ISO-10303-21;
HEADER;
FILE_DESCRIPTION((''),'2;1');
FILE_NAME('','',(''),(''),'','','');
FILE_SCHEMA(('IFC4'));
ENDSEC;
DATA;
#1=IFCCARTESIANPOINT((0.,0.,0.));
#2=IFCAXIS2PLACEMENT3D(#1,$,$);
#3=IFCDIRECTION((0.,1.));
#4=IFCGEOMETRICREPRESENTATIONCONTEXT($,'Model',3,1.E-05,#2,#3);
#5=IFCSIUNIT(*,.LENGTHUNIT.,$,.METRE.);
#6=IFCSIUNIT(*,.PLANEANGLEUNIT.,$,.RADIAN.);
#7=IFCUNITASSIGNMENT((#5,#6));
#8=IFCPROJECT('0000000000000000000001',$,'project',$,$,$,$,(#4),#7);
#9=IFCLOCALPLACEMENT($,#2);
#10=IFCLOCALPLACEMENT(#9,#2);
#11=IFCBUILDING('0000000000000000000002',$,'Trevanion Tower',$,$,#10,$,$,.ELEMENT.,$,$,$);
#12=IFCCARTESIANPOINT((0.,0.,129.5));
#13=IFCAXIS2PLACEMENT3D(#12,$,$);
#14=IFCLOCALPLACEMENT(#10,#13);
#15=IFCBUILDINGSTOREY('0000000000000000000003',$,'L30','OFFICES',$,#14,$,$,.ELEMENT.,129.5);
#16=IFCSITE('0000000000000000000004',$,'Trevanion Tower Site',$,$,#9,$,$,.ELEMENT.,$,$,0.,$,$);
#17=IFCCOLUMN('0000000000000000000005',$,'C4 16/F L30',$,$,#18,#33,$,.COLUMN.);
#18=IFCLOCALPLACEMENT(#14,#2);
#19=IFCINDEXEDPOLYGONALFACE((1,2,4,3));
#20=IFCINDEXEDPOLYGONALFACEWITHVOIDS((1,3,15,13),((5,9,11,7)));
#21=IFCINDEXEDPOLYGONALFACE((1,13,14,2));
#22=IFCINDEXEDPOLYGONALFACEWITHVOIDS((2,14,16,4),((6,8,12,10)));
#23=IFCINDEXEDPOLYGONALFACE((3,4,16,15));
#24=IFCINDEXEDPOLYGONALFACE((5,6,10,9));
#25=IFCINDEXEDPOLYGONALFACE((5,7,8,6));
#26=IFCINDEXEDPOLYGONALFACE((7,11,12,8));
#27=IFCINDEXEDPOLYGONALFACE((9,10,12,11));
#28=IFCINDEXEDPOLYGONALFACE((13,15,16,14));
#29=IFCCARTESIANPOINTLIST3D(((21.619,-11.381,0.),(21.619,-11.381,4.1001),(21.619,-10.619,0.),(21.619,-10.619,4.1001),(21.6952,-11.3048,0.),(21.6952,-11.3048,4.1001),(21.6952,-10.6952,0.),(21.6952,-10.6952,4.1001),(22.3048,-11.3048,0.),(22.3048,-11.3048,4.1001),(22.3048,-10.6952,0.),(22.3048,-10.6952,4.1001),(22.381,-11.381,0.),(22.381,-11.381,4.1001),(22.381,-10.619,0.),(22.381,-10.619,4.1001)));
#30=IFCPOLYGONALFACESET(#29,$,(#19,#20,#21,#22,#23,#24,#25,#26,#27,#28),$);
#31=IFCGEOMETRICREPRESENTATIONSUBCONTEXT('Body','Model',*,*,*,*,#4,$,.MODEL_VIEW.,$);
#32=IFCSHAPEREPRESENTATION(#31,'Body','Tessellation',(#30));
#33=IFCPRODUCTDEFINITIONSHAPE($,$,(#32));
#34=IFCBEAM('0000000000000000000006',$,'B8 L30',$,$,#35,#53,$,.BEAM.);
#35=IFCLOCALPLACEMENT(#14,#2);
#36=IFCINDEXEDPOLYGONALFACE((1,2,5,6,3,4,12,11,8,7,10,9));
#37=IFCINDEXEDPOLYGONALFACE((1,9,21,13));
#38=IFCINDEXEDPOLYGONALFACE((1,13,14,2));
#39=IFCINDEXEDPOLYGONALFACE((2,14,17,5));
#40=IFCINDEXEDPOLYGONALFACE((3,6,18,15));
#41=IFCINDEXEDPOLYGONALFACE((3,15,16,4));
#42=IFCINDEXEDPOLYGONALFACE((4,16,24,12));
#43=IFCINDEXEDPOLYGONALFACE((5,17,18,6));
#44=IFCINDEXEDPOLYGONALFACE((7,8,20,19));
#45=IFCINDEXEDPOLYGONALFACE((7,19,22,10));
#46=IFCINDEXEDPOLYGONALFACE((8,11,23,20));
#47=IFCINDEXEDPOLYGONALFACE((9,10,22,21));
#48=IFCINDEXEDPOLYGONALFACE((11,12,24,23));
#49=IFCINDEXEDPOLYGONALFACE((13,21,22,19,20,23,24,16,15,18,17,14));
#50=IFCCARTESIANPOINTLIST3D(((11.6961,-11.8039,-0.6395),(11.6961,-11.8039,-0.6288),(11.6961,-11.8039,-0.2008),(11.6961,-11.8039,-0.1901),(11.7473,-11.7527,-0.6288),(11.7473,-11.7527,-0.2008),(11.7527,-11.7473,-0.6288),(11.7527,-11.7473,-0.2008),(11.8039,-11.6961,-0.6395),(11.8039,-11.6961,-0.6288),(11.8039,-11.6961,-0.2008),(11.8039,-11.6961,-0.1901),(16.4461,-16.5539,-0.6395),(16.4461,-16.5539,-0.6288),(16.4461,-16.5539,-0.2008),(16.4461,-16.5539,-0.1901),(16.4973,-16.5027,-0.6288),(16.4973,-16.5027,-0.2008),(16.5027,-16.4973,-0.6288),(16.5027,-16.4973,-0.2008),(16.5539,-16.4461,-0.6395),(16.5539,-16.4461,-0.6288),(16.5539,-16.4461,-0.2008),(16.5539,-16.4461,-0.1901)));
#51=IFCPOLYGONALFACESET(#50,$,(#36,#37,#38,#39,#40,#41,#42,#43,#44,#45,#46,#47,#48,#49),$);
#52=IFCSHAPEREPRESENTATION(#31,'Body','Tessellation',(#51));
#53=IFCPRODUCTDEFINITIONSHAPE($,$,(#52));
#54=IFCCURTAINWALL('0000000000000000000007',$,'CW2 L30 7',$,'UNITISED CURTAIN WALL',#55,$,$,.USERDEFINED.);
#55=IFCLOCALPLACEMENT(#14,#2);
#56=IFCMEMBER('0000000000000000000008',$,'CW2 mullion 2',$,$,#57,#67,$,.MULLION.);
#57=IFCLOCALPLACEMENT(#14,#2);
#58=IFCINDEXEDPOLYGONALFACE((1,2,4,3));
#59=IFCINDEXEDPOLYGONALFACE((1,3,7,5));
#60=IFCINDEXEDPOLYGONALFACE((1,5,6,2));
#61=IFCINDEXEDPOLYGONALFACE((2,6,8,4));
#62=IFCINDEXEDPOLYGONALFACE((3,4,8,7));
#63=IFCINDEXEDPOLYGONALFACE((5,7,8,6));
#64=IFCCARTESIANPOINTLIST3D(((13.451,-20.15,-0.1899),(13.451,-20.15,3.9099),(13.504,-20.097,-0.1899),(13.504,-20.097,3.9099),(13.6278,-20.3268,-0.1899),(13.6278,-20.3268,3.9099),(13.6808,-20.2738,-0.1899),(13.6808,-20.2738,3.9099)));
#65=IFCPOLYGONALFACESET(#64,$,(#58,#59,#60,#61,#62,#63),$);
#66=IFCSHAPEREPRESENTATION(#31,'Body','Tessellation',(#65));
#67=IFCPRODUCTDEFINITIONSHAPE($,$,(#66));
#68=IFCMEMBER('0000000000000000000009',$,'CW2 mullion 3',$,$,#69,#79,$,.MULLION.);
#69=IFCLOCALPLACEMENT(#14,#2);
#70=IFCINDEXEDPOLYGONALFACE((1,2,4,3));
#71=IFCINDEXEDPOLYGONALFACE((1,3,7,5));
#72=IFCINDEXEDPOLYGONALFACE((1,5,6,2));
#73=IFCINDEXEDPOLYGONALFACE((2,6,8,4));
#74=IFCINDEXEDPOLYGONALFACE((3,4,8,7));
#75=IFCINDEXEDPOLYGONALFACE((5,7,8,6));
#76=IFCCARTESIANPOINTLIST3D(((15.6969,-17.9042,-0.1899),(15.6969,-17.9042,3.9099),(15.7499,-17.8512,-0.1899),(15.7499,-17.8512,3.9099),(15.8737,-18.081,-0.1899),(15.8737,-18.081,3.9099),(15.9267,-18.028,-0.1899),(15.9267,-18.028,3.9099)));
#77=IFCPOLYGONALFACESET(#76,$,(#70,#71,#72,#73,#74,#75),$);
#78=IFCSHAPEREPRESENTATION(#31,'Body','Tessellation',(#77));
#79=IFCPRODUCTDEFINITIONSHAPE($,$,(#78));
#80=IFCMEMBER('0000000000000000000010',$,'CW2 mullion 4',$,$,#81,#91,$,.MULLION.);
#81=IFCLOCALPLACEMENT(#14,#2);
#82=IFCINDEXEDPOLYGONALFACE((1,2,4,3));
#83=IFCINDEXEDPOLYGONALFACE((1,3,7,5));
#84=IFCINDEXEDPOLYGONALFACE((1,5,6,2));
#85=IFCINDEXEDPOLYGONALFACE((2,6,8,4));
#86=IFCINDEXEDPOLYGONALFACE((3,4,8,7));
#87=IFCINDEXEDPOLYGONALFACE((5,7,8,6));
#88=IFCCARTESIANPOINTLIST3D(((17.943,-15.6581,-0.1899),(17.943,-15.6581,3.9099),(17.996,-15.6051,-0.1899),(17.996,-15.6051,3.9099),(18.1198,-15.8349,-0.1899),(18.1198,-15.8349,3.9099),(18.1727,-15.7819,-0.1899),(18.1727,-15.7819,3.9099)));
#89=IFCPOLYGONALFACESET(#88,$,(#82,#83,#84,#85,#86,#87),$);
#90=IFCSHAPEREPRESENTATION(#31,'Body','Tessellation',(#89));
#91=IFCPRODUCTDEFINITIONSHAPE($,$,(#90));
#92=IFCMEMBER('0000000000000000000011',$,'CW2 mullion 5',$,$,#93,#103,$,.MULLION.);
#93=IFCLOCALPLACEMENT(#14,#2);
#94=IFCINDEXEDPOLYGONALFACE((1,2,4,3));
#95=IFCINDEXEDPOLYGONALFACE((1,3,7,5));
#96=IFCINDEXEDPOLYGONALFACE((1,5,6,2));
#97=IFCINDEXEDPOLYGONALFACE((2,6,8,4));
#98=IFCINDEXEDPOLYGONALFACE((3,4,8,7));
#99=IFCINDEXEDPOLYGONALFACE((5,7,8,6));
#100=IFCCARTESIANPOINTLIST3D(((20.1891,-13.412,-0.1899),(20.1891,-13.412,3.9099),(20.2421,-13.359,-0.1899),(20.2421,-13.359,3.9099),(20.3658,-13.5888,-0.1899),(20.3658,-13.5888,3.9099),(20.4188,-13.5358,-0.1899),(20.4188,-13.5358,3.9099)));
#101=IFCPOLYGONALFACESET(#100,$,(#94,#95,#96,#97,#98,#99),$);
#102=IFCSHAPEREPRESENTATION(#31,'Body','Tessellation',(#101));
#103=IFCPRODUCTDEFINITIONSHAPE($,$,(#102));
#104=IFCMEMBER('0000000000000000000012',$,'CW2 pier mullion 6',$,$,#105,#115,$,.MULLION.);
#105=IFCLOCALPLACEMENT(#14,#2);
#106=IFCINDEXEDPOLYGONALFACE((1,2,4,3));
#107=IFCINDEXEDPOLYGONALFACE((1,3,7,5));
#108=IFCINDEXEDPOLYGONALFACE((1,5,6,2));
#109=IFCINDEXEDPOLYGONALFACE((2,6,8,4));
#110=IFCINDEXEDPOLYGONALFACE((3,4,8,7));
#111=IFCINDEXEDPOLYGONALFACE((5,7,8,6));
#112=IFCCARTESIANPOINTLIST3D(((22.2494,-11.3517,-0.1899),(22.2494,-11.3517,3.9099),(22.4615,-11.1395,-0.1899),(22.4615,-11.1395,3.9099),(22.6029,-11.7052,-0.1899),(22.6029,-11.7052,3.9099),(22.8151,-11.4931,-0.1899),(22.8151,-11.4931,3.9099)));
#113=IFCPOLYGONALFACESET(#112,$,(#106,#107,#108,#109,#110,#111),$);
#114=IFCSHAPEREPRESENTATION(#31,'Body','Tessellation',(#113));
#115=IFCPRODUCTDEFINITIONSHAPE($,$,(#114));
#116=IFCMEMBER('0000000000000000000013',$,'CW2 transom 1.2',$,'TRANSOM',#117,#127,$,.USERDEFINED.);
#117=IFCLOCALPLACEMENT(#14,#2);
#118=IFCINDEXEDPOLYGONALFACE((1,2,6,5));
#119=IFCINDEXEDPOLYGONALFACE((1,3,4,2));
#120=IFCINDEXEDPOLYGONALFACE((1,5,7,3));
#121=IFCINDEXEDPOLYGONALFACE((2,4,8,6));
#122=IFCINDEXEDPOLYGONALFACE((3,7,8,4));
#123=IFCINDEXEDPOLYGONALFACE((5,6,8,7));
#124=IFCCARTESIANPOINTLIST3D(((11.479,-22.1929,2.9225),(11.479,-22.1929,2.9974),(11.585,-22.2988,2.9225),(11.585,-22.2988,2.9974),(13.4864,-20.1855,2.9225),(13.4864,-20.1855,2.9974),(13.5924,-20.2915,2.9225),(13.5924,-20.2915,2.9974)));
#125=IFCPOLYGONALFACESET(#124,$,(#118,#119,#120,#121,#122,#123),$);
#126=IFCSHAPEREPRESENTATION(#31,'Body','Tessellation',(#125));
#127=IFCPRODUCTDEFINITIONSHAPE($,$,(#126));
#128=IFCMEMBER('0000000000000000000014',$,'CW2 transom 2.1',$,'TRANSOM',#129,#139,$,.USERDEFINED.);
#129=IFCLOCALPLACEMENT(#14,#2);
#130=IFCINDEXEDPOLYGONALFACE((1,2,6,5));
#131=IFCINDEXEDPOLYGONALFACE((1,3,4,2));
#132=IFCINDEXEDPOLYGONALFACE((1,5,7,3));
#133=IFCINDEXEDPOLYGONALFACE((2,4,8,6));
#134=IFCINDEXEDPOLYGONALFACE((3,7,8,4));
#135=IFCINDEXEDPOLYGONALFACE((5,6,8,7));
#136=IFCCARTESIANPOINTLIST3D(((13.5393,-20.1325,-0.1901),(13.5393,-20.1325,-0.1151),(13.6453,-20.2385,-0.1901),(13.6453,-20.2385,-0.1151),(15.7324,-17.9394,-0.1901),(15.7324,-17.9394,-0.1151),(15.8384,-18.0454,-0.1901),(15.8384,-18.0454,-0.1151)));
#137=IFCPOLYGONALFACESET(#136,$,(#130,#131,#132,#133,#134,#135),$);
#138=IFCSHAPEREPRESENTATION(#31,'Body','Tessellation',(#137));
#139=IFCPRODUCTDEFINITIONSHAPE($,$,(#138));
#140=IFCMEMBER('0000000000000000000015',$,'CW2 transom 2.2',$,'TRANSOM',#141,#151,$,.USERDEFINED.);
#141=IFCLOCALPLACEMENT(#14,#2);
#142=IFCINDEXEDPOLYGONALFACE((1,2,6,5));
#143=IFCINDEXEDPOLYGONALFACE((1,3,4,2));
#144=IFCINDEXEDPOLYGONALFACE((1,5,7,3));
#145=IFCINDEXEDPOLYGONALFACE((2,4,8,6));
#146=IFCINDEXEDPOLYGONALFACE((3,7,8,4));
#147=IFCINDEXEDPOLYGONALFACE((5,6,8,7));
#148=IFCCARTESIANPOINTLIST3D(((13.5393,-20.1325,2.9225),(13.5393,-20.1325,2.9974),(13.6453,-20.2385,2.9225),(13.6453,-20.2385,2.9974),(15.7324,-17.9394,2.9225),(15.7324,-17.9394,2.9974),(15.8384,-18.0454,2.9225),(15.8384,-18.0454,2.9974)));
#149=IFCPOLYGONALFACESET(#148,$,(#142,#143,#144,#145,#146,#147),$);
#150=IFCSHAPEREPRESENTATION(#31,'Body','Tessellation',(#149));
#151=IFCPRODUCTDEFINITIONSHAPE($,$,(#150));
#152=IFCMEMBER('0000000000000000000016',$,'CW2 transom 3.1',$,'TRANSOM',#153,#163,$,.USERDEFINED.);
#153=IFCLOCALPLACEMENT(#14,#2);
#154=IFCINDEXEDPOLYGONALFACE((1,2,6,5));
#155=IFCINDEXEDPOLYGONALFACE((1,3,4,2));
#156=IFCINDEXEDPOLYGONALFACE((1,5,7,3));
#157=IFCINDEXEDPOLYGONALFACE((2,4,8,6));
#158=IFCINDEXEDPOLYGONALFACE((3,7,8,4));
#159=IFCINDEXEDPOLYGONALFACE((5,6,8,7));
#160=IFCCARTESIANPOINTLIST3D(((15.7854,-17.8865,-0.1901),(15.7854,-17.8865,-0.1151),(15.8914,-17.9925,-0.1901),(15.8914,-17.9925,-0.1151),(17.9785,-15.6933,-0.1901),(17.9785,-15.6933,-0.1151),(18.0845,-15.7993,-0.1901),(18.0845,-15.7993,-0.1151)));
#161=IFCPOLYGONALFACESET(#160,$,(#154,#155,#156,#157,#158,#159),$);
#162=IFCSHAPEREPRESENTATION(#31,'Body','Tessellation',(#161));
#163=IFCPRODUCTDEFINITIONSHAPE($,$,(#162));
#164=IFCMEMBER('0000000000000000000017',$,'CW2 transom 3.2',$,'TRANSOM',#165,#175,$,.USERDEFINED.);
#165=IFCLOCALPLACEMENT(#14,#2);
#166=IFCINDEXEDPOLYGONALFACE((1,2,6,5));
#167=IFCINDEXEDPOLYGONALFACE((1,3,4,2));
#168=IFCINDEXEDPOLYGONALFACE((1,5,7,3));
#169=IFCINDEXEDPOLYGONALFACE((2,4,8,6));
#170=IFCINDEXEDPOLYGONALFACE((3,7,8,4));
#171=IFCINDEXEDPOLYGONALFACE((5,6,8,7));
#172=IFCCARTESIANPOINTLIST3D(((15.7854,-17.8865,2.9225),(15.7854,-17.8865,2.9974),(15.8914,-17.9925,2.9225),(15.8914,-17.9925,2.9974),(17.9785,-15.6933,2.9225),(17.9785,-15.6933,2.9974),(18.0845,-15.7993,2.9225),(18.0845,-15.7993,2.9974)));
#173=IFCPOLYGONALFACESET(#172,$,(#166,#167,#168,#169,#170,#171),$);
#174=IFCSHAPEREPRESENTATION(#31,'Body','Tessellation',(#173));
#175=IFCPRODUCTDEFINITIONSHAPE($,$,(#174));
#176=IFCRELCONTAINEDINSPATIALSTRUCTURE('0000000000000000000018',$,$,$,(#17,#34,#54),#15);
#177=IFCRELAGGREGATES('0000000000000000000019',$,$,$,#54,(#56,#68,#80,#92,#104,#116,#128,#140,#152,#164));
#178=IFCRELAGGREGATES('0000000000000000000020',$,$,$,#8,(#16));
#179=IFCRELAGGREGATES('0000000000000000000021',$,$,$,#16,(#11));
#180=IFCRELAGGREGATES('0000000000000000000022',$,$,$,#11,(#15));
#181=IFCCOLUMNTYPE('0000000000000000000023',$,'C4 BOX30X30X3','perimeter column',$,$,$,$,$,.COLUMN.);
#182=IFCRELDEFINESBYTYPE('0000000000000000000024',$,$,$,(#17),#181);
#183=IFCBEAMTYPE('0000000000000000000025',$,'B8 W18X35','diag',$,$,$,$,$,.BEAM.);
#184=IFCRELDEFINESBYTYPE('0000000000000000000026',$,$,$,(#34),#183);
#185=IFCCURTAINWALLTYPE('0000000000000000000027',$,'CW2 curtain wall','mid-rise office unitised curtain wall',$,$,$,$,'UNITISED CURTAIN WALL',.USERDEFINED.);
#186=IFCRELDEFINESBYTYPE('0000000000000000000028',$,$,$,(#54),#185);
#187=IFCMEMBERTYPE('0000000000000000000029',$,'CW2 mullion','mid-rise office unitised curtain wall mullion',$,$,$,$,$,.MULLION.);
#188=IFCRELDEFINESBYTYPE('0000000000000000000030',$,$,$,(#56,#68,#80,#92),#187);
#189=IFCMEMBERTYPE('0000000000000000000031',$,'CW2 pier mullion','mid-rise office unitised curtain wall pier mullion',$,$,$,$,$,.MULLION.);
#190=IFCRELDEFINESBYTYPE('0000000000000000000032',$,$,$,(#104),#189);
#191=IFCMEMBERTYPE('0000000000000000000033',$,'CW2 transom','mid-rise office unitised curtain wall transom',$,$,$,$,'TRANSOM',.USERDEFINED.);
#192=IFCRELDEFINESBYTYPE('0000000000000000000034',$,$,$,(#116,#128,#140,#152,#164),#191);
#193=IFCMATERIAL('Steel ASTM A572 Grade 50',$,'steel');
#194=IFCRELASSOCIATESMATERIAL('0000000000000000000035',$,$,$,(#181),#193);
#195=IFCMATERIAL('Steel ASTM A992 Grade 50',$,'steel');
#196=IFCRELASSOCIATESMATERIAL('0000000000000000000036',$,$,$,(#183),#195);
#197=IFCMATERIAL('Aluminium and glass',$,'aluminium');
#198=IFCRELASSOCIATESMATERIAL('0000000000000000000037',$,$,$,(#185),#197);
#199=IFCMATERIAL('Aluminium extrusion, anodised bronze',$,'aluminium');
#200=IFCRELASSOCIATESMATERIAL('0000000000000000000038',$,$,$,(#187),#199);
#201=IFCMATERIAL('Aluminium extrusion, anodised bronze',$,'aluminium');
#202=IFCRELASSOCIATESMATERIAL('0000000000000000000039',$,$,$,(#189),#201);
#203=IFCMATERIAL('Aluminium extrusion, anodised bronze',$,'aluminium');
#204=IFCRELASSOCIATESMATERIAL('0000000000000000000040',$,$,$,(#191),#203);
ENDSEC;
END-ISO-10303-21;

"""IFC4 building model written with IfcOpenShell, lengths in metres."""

from ifc_helpers import new_model, si_unit, direction, frame, origin, origin_2d, place, context, subcontext, project, spatial, rectangle, hollow_rectangle, i_section, extrude, material, material_profile, profile_set, type_object, element, aggregate, save


model = new_model("IFC4")

# Units and contexts
model_context = context("Model", 3, precision=1e-05, world=origin(), true_north=direction((0.0, 1.0)))
body_context = subcontext(model_context, "Body", "Model", "MODEL_VIEW")
ifc_project = project(units=[si_unit("LENGTHUNIT", "METRE"), si_unit("PLANEANGLEUNIT", "RADIAN")], contexts=[model_context])

# Site, building, storey
site_placement = place(None, origin())
site = spatial("IfcSite", under=ifc_project, at=site_placement, Name="Trevanion Tower Site", CompositionType="ELEMENT", RefElevation=0.0)
building_placement = place(site_placement, origin())
building = spatial("IfcBuilding", under=site, at=building_placement, Name="Trevanion Tower", CompositionType="ELEMENT")
storey_placement = place(building_placement, frame((0.0, 0.0, 129.5)))
storey = spatial("IfcBuildingStorey", under=building, at=storey_placement, Name="L30", Description="OFFICES", CompositionType="ELEMENT", Elevation=129.5)

# Column
ifc_material_1 = material(Name="Steel ASTM A572 Grade 50", Category="steel")
ifc_material_profile_1 = material_profile(ifc_material_1, hollow_rectangle(XDim=0.762, YDim=0.762, WallThickness=0.0762, at=origin_2d()), Name="BOX30X30X3")
ifc_profile_set_1 = profile_set([ifc_material_profile_1], Name="Steel ASTM A572 Grade 50")
column_type = type_object("IfcColumnType", Name="C4 BOX30X30X3", Description="perimeter column", PredefinedType="COLUMN", material=ifc_profile_set_1)
column_placement = place(storey_placement, frame((22.0, -11.0, 0.0), z_axis=(0.0, 0.0, 1.0), x_axis=(0.0, 1.0, 0.0)))
element("IfcColumn", 1, at=column_placement, inside=storey, type_object=column_type, Name="C4 16/F L30", PredefinedType="COLUMN", context=body_context, shape_type="SweptSolid", body=[
    extrude(hollow_rectangle(XDim=0.762, YDim=0.762, WallThickness=0.0762, at=origin_2d()), origin(), (0.0, 0.0, 1.0), 4.1001),
])

# Beam
ifc_material_2 = material(Name="Steel ASTM A992 Grade 50", Category="steel")
ifc_material_profile_2 = material_profile(ifc_material_2, i_section(OverallWidth=0.1523, OverallDepth=0.4495, WebThickness=0.0076, FlangeThickness=0.0107, at=origin_2d()), Name="W18X35")
ifc_profile_set_2 = profile_set([ifc_material_profile_2], Name="Steel ASTM A992 Grade 50")
beam_type_1 = type_object("IfcBeamType", Name="B8 W18X35", Description="diag", PredefinedType="BEAM", material=ifc_profile_set_2)
beam_1_placement = place(storey_placement, frame((11.75, -11.75, -0.4148), z_axis=(0.707107, -0.707107, 0.0), x_axis=(0.707107, 0.707107, 0.0)))
element("IfcBeam", 2, at=beam_1_placement, inside=storey, type_object=beam_type_1, Name="B8 L30", PredefinedType="BEAM", context=body_context, shape_type="SweptSolid", body=[
    extrude(i_section(OverallWidth=0.1523, OverallDepth=0.4495, WebThickness=0.0076, FlangeThickness=0.0107, at=origin_2d()), origin(), (0.0, 0.0, 1.0), 6.7175),
])

# Curtain wall, members
ifc_material_3 = material(Name="Aluminium and glass", Category="aluminium")
curtain_wall_type = type_object("IfcCurtainWallType", Name="CW2 curtain wall", Description="mid-rise office unitised curtain wall", ElementType="UNITISED CURTAIN WALL", PredefinedType="USERDEFINED", material=ifc_material_3)
curtain_wall_placement = place(storey_placement, origin())
curtain_wall = element("IfcCurtainWall", 3, at=curtain_wall_placement, inside=storey, type_object=curtain_wall_type, Name="CW2 L30 7", ObjectType="UNITISED CURTAIN WALL", PredefinedType="USERDEFINED")
ifc_material_4 = material(Name="Aluminium extrusion, anodised bronze", Category="aluminium")
ifc_material_profile_3 = material_profile(ifc_material_4, rectangle(XDim=0.075, YDim=0.25, at=origin_2d()), Name="CW2 mullion")
ifc_profile_set_3 = profile_set([ifc_material_profile_3], Name="Aluminium extrusion, anodised bronze")
member_type_1 = type_object("IfcMemberType", Name="CW2 mullion", Description="mid-rise office unitised curtain wall mullion", PredefinedType="MULLION", material=ifc_profile_set_3)
member_1_placement = place(storey_placement, frame((13.5659, -20.2119, -0.1899), z_axis=(0.0, 0.0, 1.0), x_axis=(0.707107, 0.707107, 0.0)))
member_1 = element("IfcMember", 4, at=member_1_placement, type_object=member_type_1, Name="CW2 mullion 2", PredefinedType="MULLION", context=body_context, shape_type="SweptSolid", body=[
    extrude(rectangle(XDim=0.075, YDim=0.25, at=origin_2d()), origin(), (0.0, 0.0, 1.0), 4.0999),
])
member_2_placement = place(storey_placement, frame((15.8118, -17.9661, -0.1899), z_axis=(0.0, 0.0, 1.0), x_axis=(0.707107, 0.707107, 0.0)))
member_2 = element("IfcMember", 5, at=member_2_placement, type_object=member_type_1, Name="CW2 mullion 3", PredefinedType="MULLION", context=body_context, shape_type="SweptSolid", body=[
    extrude(rectangle(XDim=0.075, YDim=0.25, at=origin_2d()), origin(), (0.0, 0.0, 1.0), 4.0999),
])
member_3_placement = place(storey_placement, frame((18.0579, -15.72, -0.1899), z_axis=(0.0, 0.0, 1.0), x_axis=(0.707107, 0.707107, 0.0)))
member_3 = element("IfcMember", 6, at=member_3_placement, type_object=member_type_1, Name="CW2 mullion 4", PredefinedType="MULLION", context=body_context, shape_type="SweptSolid", body=[
    extrude(rectangle(XDim=0.075, YDim=0.25, at=origin_2d()), origin(), (0.0, 0.0, 1.0), 4.0999),
])
member_4_placement = place(storey_placement, frame((20.304, -13.4739, -0.1899), z_axis=(0.0, 0.0, 1.0), x_axis=(0.707107, 0.707107, 0.0)))
member_4 = element("IfcMember", 7, at=member_4_placement, type_object=member_type_1, Name="CW2 mullion 5", PredefinedType="MULLION", context=body_context, shape_type="SweptSolid", body=[
    extrude(rectangle(XDim=0.075, YDim=0.25, at=origin_2d()), origin(), (0.0, 0.0, 1.0), 4.0999),
])
ifc_material_5 = material(Name="Aluminium extrusion, anodised bronze", Category="aluminium")
ifc_material_profile_4 = material_profile(ifc_material_5, rectangle(XDim=0.3, YDim=0.5, at=origin_2d()), Name="CW2 pier mullion")
ifc_profile_set_4 = profile_set([ifc_material_profile_4], Name="Aluminium extrusion, anodised bronze")
member_type_2 = type_object("IfcMemberType", Name="CW2 pier mullion", Description="mid-rise office unitised curtain wall pier mullion", PredefinedType="MULLION", material=ifc_profile_set_4)
member_5_placement = place(storey_placement, frame((22.5322, -11.4224, -0.1899), z_axis=(0.0, 0.0, 1.0), x_axis=(0.707107, 0.707107, 0.0)))
member_5 = element("IfcMember", 8, at=member_5_placement, type_object=member_type_2, Name="CW2 pier mullion 6", PredefinedType="MULLION", context=body_context, shape_type="SweptSolid", body=[
    extrude(rectangle(XDim=0.3, YDim=0.5, at=origin_2d()), origin(), (0.0, 0.0, 1.0), 4.0999),
])
ifc_material_6 = material(Name="Aluminium extrusion, anodised bronze", Category="aluminium")
ifc_material_profile_5 = material_profile(ifc_material_6, rectangle(XDim=0.1499, YDim=0.075, at=origin_2d()), Name="CW2 transom")
ifc_profile_set_5 = profile_set([ifc_material_profile_5], Name="Aluminium extrusion, anodised bronze")
member_type_3 = type_object("IfcMemberType", Name="CW2 transom", Description="mid-rise office unitised curtain wall transom", ElementType="TRANSOM", PredefinedType="USERDEFINED", material=ifc_profile_set_5)
member_6_placement = place(storey_placement, frame((11.532, -22.2458, 2.96), z_axis=(0.707107, 0.707107, 0.0), x_axis=(-0.707107, 0.707107, 0.0)))
member_6 = element("IfcMember", 9, at=member_6_placement, type_object=member_type_3, Name="CW2 transom 1.2", ObjectType="TRANSOM", PredefinedType="USERDEFINED", context=body_context, shape_type="SweptSolid", body=[
    extrude(rectangle(XDim=0.1499, YDim=0.075, at=origin_2d()), origin(), (0.0, 0.0, 1.0), 2.8389),
])
member_7_placement = place(storey_placement, frame((13.5923, -20.1855, -0.1526), z_axis=(0.707107, 0.707107, 0.0), x_axis=(-0.707107, 0.707107, 0.0)))
member_7 = element("IfcMember", 10, at=member_7_placement, type_object=member_type_3, Name="CW2 transom 2.1", ObjectType="TRANSOM", PredefinedType="USERDEFINED", context=body_context, shape_type="SweptSolid", body=[
    extrude(rectangle(XDim=0.1499, YDim=0.075, at=origin_2d()), origin(), (0.0, 0.0, 1.0), 3.1016),
])
member_8_placement = place(storey_placement, frame((13.5923, -20.1855, 2.96), z_axis=(0.707107, 0.707107, 0.0), x_axis=(-0.707107, 0.707107, 0.0)))
member_8 = element("IfcMember", 11, at=member_8_placement, type_object=member_type_3, Name="CW2 transom 2.2", ObjectType="TRANSOM", PredefinedType="USERDEFINED", context=body_context, shape_type="SweptSolid", body=[
    extrude(rectangle(XDim=0.1499, YDim=0.075, at=origin_2d()), origin(), (0.0, 0.0, 1.0), 3.1016),
])
member_9_placement = place(storey_placement, frame((15.8384, -17.9395, -0.1526), z_axis=(0.707107, 0.707107, 0.0), x_axis=(-0.707107, 0.707107, 0.0)))
member_9 = element("IfcMember", 12, at=member_9_placement, type_object=member_type_3, Name="CW2 transom 3.1", ObjectType="TRANSOM", PredefinedType="USERDEFINED", context=body_context, shape_type="SweptSolid", body=[
    extrude(rectangle(XDim=0.1499, YDim=0.075, at=origin_2d()), origin(), (0.0, 0.0, 1.0), 3.1016),
])
member_10_placement = place(storey_placement, frame((15.8384, -17.9395, 2.96), z_axis=(0.707107, 0.707107, 0.0), x_axis=(-0.707107, 0.707107, 0.0)))
member_10 = element("IfcMember", 13, at=member_10_placement, type_object=member_type_3, Name="CW2 transom 3.2", ObjectType="TRANSOM", PredefinedType="USERDEFINED", context=body_context, shape_type="SweptSolid", body=[
    extrude(rectangle(XDim=0.1499, YDim=0.075, at=origin_2d()), origin(), (0.0, 0.0, 1.0), 3.1016),
])

aggregate(curtain_wall, [member_1, member_2, member_3, member_4, member_5, member_6, member_7, member_8, member_9, member_10])

save(model, "model.ifc")
